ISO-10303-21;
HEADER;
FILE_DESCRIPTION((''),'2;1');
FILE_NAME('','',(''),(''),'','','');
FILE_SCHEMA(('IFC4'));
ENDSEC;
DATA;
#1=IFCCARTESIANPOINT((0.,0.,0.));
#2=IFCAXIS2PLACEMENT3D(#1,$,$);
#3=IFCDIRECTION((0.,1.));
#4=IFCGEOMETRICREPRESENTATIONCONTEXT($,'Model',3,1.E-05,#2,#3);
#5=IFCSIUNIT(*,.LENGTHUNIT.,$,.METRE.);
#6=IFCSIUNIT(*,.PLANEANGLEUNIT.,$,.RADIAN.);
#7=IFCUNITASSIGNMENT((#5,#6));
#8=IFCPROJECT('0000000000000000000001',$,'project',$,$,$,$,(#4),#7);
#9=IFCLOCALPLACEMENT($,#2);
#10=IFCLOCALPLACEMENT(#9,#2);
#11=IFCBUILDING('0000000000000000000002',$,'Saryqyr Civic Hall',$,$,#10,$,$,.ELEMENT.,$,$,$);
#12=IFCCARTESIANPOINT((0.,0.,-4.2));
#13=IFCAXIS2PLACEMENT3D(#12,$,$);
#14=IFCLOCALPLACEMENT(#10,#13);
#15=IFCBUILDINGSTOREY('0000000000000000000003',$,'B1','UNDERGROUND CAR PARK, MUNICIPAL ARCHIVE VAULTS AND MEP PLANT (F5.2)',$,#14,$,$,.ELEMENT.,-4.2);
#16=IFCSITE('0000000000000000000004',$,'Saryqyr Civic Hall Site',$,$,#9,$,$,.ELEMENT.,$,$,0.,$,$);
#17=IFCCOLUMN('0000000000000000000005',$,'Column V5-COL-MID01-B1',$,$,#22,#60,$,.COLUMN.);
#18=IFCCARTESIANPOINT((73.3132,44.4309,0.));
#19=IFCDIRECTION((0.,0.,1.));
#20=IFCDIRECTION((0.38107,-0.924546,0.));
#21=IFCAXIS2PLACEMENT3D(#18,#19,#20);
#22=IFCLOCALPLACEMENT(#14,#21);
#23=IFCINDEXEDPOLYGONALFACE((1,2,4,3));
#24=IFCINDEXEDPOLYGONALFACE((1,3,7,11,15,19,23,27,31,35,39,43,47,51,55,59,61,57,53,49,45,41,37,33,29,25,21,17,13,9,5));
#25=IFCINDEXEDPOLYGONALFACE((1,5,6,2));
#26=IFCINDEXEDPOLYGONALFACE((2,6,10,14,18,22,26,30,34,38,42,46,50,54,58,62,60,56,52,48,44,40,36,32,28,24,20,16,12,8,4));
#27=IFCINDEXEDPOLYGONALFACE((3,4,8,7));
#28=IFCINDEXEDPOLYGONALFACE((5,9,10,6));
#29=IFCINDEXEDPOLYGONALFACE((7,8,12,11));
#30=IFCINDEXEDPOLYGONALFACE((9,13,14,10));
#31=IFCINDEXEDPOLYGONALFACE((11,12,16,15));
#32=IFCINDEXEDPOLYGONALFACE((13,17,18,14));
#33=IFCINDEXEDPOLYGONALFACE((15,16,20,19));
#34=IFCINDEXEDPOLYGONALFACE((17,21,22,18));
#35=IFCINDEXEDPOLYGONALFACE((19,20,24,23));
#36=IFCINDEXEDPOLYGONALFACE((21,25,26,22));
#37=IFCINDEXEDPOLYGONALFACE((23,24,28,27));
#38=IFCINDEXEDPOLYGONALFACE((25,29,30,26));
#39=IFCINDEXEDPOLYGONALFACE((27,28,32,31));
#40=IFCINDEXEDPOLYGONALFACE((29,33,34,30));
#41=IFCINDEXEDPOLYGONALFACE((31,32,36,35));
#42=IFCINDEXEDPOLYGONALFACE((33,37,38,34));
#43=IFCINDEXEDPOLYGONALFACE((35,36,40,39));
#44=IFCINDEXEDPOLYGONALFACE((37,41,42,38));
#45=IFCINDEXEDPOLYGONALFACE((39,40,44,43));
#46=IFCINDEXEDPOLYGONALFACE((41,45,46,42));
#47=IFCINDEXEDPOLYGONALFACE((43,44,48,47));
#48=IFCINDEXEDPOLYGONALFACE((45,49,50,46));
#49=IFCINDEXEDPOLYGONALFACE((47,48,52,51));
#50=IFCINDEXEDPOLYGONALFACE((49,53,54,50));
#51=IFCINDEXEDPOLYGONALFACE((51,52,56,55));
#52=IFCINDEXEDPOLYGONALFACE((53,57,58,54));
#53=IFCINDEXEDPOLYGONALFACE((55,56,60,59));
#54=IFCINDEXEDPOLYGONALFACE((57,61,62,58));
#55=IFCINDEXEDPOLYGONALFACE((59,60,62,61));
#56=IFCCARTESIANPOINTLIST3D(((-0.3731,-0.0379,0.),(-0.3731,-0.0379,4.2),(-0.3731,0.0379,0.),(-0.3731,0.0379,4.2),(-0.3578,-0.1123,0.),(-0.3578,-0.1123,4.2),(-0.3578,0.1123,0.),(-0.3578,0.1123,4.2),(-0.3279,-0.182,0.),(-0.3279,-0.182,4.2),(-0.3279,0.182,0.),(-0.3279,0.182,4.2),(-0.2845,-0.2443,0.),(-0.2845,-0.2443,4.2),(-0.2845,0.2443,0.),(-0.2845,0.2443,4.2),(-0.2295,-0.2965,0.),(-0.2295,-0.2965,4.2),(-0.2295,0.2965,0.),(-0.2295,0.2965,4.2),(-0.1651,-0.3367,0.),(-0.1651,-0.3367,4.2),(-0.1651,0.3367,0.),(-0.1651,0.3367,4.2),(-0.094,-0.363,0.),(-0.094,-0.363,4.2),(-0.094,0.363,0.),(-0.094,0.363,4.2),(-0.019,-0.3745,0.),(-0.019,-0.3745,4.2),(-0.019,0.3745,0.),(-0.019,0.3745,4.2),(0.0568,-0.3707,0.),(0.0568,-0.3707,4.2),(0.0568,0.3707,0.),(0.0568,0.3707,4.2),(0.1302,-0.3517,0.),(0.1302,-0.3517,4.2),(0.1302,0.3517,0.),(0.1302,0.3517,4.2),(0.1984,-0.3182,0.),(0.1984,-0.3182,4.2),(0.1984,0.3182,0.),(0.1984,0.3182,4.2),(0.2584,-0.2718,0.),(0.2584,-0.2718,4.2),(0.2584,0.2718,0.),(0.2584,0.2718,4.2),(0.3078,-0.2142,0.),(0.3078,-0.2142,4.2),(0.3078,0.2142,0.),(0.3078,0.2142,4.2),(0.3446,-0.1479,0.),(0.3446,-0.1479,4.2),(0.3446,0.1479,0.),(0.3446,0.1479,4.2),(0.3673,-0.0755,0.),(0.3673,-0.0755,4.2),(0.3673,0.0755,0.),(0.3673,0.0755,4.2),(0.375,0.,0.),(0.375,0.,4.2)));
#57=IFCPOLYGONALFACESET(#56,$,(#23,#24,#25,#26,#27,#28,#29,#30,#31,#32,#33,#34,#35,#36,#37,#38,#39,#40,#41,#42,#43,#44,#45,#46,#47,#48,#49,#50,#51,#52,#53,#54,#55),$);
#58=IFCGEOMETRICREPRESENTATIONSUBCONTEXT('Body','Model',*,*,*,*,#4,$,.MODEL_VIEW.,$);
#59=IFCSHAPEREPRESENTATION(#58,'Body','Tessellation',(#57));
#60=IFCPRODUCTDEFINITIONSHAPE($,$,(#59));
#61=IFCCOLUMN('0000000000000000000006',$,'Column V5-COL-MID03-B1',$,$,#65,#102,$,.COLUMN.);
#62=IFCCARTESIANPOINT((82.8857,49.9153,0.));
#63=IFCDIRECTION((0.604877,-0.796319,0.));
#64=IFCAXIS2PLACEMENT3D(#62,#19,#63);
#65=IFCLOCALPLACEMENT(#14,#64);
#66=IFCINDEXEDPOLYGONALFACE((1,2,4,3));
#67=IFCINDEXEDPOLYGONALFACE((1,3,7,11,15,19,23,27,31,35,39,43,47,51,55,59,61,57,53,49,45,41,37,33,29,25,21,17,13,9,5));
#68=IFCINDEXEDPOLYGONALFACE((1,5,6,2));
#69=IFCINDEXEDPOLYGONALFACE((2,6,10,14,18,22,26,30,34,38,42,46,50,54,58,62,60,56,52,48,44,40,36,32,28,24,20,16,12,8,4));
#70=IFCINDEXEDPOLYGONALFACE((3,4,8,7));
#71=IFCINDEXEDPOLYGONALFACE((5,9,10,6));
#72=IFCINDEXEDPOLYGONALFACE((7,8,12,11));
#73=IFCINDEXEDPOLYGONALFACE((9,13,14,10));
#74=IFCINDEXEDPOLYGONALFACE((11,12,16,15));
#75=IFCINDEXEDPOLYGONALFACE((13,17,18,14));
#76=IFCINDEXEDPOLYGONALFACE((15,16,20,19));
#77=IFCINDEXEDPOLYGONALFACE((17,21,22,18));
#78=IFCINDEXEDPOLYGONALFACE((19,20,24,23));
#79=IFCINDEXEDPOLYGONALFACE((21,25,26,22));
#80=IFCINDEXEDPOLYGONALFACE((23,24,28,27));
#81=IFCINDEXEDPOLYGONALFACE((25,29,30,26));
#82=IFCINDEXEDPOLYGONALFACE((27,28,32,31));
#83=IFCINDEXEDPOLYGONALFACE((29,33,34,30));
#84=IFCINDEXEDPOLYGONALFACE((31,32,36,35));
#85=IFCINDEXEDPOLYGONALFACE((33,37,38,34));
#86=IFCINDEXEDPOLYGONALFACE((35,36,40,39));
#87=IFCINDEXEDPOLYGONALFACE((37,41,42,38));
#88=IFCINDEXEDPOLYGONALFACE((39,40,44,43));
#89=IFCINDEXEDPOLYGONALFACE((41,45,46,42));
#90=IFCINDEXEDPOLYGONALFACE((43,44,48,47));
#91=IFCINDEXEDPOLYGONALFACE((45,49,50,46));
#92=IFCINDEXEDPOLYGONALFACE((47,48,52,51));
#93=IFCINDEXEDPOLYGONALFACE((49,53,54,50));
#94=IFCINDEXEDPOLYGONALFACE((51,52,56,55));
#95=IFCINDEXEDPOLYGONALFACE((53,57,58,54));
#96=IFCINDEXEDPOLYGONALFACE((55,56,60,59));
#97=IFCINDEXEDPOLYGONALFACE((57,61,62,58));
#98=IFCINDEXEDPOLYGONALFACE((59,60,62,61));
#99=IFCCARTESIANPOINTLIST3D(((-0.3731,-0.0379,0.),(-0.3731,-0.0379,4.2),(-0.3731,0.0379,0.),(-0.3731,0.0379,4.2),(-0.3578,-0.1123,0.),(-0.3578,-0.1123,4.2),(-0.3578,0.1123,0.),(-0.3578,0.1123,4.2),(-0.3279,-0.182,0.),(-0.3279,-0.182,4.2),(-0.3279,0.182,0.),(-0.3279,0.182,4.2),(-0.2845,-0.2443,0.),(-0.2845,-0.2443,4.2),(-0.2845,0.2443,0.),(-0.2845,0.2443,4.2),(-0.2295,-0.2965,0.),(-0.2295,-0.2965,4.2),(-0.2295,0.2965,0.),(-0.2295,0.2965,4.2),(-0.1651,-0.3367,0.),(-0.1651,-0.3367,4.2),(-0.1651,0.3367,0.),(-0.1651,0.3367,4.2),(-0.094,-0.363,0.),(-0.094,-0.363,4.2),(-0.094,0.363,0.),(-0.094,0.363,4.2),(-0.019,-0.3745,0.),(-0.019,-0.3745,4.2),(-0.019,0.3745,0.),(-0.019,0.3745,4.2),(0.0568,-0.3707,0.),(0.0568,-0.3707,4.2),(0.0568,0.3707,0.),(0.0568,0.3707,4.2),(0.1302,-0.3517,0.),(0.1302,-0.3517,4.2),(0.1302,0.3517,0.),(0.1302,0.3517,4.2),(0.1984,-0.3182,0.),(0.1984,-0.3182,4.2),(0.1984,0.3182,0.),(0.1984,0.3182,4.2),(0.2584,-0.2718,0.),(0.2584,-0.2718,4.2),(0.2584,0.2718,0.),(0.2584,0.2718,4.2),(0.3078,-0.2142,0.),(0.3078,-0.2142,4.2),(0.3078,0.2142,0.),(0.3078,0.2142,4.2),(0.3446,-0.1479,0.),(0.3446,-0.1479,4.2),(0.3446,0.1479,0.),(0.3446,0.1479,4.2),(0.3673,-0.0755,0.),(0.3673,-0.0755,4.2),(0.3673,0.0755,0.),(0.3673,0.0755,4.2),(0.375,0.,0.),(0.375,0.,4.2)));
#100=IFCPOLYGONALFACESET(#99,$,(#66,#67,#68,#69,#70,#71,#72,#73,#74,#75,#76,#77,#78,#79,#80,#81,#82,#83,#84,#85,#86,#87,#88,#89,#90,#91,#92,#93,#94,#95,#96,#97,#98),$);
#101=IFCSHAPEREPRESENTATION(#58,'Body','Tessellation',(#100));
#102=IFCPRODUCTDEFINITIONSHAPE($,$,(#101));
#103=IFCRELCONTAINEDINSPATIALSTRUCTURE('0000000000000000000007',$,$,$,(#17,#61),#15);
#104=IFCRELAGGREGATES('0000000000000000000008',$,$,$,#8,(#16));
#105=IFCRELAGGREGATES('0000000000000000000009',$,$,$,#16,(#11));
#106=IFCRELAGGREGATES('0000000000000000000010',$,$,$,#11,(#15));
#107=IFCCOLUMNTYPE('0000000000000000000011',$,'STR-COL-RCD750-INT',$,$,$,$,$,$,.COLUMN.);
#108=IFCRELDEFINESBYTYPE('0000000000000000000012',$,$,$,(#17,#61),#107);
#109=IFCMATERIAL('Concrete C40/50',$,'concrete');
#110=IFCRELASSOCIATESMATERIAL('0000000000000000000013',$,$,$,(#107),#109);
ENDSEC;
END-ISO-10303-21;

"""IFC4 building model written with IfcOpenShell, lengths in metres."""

from ifc_helpers import new_model, si_unit, direction, frame, origin, origin_2d, place, context, subcontext, project, spatial, circle, extrude, material, material_profile, profile_set, type_object, element, save


model = new_model("IFC4")

# Units and contexts
model_context = context("Model", 3, precision=1e-05, world=origin(), true_north=direction((0.0, 1.0)))
body_context = subcontext(model_context, "Body", "Model", "MODEL_VIEW")
ifc_project = project(units=[si_unit("LENGTHUNIT", "METRE"), si_unit("PLANEANGLEUNIT", "RADIAN")], contexts=[model_context])

# Site, building, storey
site_placement = place(None, origin())
site = spatial("IfcSite", under=ifc_project, at=site_placement, Name="Saryqyr Civic Hall Site", CompositionType="ELEMENT", RefElevation=0.0)
building_placement = place(site_placement, origin())
building = spatial("IfcBuilding", under=site, at=building_placement, Name="Saryqyr Civic Hall", CompositionType="ELEMENT")
storey_placement = place(building_placement, frame((0.0, 0.0, -4.2)))
storey = spatial("IfcBuildingStorey", under=building, at=storey_placement, Name="B1", Description="UNDERGROUND CAR PARK, MUNICIPAL ARCHIVE VAULTS AND MEP PLANT (F5.2)", CompositionType="ELEMENT", Elevation=-4.2)

# Columns
ifc_material_1 = material(Name="Concrete C40/50", Category="concrete")
ifc_material_profile_1 = material_profile(ifc_material_1, circle(Radius=0.375, at=origin_2d()), Name="RC D750")
ifc_profile_set_1 = profile_set([ifc_material_profile_1], Name="Concrete C40/50")
column_type_1 = type_object("IfcColumnType", Name="STR-COL-RCD750-INT", PredefinedType="COLUMN", material=ifc_profile_set_1)
for number, where, z_axis, x_axis, name in (
    (1, (73.3132, 44.4309, 0.0), (0.0, 0.0, 1.0), (0.38107, -0.924546, 0.0), "Column V5-COL-MID01-B1"),
    (2, (82.8857, 49.9153, 0.0), (0.0, 0.0, 1.0), (0.604877, -0.796319, 0.0), "Column V5-COL-MID03-B1"),
):
    element("IfcColumn", number, at=place(storey_placement, frame(where, z_axis=z_axis, x_axis=x_axis)), inside=storey, type_object=column_type_1, Name=name, PredefinedType="COLUMN", context=body_context, shape_type="SweptSolid", body=[
        extrude(circle(Radius=0.375, at=origin_2d()), origin(), (0.0, 0.0, 1.0), 4.2),
    ])

save(model, "model.ifc")
